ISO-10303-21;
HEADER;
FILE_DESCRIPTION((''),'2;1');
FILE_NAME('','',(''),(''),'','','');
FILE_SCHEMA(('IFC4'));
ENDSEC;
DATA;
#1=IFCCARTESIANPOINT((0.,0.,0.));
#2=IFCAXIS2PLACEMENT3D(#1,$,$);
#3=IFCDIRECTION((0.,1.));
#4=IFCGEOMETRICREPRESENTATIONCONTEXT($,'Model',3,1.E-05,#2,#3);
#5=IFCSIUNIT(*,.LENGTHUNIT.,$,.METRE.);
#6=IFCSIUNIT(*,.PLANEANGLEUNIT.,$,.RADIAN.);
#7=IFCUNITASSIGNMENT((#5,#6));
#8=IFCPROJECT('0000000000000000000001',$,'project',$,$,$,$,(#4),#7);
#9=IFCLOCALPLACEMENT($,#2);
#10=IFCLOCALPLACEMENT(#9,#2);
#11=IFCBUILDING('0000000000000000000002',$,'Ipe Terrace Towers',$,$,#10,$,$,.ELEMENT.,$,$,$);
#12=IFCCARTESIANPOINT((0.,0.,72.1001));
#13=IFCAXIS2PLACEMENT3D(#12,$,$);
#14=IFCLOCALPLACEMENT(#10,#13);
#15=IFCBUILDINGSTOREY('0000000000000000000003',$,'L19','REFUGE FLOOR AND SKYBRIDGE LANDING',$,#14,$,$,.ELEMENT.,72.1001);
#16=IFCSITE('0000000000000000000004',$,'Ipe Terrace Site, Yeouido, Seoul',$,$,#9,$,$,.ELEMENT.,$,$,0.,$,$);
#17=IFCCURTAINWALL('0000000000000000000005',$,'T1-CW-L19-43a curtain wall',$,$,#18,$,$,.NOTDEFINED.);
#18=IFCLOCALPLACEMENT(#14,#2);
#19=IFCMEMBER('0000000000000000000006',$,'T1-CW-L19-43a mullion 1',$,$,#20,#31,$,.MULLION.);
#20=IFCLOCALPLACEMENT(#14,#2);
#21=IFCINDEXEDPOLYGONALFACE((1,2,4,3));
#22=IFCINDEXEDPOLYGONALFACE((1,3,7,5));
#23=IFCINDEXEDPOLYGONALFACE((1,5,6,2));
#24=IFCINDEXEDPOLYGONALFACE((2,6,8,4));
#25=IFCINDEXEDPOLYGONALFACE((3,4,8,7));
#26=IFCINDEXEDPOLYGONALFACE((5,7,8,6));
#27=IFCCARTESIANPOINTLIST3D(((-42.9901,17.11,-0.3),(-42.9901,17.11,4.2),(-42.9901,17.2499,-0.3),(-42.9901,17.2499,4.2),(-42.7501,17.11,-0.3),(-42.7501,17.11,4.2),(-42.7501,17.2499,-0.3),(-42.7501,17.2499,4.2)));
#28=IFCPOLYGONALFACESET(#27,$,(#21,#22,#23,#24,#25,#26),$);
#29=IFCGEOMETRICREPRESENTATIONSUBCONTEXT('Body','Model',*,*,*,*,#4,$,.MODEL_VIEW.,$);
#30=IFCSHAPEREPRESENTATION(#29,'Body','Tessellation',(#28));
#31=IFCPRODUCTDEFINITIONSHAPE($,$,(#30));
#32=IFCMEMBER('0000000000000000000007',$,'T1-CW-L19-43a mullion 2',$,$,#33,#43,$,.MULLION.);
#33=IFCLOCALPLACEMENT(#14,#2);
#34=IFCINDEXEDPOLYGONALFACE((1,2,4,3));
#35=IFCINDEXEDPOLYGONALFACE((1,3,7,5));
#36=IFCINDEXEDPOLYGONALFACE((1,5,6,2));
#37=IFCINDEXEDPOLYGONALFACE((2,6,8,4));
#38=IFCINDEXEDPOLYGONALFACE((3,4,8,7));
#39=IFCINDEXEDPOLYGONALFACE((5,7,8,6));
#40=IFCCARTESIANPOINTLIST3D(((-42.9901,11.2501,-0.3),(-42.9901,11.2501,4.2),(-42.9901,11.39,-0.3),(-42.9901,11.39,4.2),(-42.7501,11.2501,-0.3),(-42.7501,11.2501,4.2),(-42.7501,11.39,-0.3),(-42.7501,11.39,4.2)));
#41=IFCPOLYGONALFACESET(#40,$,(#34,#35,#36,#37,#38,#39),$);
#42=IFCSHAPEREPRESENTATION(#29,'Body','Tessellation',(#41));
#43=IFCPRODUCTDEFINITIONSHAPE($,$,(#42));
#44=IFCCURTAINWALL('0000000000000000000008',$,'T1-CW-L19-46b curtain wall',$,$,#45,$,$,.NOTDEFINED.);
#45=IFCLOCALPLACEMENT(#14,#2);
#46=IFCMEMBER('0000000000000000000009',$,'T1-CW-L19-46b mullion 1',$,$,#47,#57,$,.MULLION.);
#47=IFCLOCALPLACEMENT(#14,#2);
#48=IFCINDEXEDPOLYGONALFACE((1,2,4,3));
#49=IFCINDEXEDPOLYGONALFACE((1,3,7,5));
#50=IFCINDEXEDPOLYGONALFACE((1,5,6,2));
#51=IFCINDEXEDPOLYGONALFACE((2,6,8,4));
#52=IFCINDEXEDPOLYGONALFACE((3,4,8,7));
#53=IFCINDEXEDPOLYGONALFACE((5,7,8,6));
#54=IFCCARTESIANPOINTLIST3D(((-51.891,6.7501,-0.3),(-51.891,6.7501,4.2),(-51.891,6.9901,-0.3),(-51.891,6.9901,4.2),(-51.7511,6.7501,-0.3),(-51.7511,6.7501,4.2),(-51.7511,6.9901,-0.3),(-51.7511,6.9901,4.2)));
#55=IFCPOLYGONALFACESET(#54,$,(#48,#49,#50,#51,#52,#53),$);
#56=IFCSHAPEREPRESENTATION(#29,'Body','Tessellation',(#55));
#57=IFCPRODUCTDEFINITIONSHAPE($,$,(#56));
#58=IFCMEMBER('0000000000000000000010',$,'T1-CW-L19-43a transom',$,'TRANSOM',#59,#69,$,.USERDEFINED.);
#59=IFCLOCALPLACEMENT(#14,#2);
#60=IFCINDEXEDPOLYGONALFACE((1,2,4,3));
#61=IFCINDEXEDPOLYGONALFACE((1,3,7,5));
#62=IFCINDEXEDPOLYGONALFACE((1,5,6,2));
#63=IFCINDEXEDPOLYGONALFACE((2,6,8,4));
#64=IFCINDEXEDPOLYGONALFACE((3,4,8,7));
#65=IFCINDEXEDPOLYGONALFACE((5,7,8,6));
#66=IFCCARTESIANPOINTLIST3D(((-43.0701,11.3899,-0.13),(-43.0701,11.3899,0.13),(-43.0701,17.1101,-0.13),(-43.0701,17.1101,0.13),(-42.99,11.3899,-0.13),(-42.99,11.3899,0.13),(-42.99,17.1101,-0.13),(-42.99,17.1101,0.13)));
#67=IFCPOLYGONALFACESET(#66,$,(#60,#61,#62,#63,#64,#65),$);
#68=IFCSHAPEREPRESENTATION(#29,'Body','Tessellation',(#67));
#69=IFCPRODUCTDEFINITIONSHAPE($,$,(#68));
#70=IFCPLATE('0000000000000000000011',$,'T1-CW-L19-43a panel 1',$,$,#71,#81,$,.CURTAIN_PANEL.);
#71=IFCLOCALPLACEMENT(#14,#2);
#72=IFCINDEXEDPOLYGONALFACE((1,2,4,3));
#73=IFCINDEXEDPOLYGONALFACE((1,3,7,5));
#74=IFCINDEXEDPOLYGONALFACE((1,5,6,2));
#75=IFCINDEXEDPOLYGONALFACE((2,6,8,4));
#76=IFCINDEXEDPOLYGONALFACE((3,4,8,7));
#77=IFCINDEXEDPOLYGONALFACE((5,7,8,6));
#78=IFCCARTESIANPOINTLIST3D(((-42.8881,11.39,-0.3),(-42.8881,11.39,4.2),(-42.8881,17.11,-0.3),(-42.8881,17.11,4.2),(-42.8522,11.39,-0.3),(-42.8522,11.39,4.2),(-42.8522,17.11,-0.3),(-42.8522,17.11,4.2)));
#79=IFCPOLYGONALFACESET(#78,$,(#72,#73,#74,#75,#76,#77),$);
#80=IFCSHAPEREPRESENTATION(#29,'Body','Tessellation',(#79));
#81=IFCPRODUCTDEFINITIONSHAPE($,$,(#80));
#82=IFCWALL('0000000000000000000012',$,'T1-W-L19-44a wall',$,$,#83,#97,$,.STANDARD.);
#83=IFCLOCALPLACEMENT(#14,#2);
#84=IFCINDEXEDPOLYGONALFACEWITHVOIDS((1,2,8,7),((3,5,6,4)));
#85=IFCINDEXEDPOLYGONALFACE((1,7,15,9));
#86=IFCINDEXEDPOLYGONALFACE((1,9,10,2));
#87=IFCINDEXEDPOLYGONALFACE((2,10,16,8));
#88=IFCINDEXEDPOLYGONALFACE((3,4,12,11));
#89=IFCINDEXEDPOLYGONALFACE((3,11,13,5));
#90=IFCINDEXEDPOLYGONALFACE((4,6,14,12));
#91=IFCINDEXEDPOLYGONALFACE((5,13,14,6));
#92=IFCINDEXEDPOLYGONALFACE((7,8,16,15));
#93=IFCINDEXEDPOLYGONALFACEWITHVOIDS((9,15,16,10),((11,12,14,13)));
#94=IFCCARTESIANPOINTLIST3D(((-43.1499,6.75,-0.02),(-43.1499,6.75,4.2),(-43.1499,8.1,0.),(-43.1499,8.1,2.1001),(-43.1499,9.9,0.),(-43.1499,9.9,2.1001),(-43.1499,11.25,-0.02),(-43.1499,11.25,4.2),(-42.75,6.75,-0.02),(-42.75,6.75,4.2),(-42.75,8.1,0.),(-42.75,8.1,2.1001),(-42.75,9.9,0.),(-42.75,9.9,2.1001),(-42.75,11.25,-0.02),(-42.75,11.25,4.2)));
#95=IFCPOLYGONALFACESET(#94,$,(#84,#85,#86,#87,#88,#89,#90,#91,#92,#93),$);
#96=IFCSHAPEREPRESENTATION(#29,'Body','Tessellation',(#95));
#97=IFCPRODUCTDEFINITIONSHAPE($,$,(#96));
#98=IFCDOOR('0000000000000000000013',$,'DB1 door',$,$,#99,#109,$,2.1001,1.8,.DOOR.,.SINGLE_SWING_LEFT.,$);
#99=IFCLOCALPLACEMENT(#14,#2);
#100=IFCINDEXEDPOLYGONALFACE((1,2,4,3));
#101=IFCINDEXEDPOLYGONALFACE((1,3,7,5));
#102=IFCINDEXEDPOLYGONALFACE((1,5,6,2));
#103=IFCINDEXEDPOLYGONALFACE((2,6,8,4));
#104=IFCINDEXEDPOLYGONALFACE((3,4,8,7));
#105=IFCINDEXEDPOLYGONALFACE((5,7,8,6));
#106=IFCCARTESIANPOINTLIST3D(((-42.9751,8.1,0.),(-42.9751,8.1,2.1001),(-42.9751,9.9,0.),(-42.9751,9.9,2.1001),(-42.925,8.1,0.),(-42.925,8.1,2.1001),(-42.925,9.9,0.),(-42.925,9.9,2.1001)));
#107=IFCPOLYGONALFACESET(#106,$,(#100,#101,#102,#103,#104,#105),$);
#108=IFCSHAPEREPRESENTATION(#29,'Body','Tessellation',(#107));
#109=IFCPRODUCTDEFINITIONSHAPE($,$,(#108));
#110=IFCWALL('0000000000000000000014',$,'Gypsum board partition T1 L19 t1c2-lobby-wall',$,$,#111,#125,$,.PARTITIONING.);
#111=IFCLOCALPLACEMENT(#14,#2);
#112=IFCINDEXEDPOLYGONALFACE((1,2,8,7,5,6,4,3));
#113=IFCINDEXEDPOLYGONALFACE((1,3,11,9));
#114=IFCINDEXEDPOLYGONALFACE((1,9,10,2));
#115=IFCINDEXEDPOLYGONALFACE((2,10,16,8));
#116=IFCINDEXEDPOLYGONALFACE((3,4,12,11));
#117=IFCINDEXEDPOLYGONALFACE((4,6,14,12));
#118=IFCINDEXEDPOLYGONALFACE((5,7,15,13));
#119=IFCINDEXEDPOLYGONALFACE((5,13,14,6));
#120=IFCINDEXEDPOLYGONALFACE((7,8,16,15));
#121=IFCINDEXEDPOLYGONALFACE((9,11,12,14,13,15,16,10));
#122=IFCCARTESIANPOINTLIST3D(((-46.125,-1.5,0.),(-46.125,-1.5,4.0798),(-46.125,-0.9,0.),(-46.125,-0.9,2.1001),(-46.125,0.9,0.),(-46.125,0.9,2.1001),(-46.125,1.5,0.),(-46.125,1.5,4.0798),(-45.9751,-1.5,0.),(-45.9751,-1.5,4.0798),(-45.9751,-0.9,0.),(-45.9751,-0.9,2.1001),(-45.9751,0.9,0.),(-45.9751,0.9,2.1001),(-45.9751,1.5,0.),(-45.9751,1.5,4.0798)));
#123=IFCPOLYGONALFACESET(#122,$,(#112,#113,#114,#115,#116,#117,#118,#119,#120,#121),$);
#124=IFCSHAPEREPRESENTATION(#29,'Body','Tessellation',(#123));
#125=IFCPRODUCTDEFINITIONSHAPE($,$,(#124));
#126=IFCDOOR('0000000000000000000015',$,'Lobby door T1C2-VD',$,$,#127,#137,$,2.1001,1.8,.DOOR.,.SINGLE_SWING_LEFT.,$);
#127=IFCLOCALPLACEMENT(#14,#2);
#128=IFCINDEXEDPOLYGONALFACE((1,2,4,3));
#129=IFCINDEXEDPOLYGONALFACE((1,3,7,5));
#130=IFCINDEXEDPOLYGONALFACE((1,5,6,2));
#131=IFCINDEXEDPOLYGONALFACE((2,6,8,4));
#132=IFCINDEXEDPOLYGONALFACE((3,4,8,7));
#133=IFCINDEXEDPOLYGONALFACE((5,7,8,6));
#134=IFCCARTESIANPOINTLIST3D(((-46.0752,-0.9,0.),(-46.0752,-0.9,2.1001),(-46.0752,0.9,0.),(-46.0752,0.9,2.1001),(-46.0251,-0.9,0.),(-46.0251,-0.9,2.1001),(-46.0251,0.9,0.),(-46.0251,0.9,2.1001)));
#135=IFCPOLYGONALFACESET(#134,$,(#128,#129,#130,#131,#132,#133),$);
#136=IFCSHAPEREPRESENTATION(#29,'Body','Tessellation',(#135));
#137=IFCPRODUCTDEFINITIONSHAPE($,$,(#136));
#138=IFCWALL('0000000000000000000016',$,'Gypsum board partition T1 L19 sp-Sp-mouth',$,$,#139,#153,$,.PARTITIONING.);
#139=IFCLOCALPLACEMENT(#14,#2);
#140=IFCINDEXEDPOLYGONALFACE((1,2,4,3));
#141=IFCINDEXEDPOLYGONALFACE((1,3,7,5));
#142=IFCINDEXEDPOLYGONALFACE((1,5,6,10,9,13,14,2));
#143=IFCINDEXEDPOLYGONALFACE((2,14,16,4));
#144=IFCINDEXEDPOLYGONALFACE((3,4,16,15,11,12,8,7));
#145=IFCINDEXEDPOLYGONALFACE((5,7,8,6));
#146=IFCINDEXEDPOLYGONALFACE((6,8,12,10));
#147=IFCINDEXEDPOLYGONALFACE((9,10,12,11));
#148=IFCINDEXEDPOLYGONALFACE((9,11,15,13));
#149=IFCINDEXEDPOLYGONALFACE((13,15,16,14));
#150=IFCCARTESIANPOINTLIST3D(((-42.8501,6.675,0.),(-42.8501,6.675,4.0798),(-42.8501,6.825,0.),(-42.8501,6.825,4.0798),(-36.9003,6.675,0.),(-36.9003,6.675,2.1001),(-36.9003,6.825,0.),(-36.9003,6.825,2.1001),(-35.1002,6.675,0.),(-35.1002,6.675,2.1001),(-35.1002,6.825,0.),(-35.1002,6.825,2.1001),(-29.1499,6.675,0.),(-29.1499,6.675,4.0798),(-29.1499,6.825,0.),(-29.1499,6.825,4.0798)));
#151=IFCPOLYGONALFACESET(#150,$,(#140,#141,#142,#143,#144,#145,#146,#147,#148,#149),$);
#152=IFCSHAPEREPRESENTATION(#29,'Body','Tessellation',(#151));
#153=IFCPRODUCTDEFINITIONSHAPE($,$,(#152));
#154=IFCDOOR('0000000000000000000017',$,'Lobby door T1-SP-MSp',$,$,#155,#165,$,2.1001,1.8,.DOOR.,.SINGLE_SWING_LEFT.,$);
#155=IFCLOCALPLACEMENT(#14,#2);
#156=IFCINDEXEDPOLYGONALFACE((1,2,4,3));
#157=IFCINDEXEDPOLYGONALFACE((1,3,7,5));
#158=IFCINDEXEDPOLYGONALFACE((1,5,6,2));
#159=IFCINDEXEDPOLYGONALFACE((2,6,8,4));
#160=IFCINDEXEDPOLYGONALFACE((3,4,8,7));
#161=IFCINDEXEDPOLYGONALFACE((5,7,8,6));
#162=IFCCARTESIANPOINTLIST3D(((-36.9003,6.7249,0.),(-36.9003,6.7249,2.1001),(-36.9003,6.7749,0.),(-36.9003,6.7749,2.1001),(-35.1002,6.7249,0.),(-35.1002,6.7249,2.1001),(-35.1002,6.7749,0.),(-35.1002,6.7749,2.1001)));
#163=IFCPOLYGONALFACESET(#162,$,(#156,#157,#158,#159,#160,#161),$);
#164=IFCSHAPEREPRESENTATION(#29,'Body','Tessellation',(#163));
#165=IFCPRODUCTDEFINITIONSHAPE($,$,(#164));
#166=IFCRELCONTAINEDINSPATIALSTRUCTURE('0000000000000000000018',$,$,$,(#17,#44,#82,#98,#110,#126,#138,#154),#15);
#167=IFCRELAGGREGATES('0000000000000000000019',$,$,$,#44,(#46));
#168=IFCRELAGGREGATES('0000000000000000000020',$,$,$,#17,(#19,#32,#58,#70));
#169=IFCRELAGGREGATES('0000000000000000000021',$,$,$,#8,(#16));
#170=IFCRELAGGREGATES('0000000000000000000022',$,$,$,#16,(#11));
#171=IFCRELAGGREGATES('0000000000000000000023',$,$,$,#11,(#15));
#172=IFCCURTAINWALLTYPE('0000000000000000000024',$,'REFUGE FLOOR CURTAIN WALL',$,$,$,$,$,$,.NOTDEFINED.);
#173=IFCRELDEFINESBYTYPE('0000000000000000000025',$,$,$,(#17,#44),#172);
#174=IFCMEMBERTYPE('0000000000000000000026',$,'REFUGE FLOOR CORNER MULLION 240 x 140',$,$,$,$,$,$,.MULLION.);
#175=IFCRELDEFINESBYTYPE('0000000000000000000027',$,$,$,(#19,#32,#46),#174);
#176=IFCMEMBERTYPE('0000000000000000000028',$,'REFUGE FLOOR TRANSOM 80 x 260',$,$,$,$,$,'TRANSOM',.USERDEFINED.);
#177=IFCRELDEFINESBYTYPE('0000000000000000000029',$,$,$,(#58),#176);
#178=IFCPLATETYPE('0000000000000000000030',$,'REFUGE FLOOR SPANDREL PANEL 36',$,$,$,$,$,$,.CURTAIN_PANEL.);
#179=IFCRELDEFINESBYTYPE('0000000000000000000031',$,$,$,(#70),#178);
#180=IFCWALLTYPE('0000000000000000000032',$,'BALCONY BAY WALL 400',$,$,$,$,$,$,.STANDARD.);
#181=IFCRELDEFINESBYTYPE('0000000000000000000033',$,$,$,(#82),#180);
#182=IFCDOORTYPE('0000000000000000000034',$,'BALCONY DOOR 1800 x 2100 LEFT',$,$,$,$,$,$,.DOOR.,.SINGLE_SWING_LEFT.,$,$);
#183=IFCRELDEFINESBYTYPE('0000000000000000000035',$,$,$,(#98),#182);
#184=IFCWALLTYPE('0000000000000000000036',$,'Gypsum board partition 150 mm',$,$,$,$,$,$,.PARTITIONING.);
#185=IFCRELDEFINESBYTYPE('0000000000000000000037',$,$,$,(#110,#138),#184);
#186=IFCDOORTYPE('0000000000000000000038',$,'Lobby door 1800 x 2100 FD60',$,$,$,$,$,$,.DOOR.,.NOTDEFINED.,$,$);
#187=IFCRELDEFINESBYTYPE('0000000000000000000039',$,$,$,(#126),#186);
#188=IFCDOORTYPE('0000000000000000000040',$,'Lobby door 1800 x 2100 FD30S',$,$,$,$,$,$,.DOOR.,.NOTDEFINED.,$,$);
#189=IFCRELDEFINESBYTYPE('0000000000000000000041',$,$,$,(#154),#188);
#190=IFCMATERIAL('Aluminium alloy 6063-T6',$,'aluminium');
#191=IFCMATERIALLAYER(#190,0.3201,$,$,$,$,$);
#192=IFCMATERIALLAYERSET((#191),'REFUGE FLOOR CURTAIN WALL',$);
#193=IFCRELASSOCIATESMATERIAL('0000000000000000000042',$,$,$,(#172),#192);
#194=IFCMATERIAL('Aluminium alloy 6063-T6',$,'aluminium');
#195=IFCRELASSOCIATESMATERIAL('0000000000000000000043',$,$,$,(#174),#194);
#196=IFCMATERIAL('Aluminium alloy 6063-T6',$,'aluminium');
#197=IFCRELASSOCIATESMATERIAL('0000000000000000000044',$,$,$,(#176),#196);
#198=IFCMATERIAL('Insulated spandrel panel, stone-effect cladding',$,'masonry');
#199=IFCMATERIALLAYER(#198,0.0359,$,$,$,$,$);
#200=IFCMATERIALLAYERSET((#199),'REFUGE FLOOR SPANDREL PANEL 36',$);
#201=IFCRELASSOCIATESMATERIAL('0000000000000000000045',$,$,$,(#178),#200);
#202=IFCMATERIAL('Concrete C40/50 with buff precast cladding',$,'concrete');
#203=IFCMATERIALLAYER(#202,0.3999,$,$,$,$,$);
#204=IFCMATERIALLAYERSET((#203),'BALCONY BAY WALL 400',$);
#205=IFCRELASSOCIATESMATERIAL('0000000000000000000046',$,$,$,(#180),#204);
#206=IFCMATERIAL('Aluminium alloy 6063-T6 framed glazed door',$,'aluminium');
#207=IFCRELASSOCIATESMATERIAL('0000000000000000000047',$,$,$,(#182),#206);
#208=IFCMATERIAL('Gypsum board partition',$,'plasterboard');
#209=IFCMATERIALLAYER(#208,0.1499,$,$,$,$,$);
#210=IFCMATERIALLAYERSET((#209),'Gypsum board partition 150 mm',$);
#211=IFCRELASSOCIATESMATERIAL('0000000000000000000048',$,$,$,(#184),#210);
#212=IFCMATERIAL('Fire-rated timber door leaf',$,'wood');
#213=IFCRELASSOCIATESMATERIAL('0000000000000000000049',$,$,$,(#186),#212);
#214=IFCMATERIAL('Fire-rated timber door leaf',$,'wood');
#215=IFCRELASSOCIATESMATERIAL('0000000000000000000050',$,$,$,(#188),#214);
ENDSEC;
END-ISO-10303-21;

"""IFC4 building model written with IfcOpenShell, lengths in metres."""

from ifc_helpers import new_model, si_unit, direction, frame, frame_2d, origin, origin_2d, place, context, subcontext, project, spatial, rectangle, extrude, material, layer, layer_set, material_profile, profile_set, type_object, element, fill, aggregate, save


model = new_model("IFC4")

# Units and contexts
model_context = context("Model", 3, precision=1e-05, world=origin(), true_north=direction((0.0, 1.0)))
body_context = subcontext(model_context, "Body", "Model", "MODEL_VIEW")
ifc_project = project(units=[si_unit("LENGTHUNIT", "METRE"), si_unit("PLANEANGLEUNIT", "RADIAN")], contexts=[model_context])

# Site, building, storey
site_placement = place(None, origin())
site = spatial("IfcSite", under=ifc_project, at=site_placement, Name="Ipe Terrace Site, Yeouido, Seoul", CompositionType="ELEMENT", RefElevation=0.0)
building_placement = place(site_placement, origin())
building = spatial("IfcBuilding", under=site, at=building_placement, Name="Ipe Terrace Towers", CompositionType="ELEMENT")
storey_placement = place(building_placement, frame((0.0, 0.0, 72.1001)))
storey = spatial("IfcBuildingStorey", under=building, at=storey_placement, Name="L19", Description="REFUGE FLOOR AND SKYBRIDGE LANDING", CompositionType="ELEMENT", Elevation=72.1001)

# Curtain wall, members
ifc_material_1 = material(Name="Aluminium alloy 6063-T6", Category="aluminium")
ifc_layer_1 = layer(ifc_material_1, 0.3201)
ifc_layer_set_1 = layer_set([ifc_layer_1], Name="REFUGE FLOOR CURTAIN WALL")
curtain_wall_type = type_object("IfcCurtainWallType", Name="REFUGE FLOOR CURTAIN WALL", PredefinedType="NOTDEFINED", material=ifc_layer_set_1)
curtain_wall_1_placement = place(storey_placement, origin())
curtain_wall_1 = element("IfcCurtainWall", 1, at=curtain_wall_1_placement, inside=storey, type_object=curtain_wall_type, Name="T1-CW-L19-43a curtain wall", PredefinedType="NOTDEFINED")
ifc_material_2 = material(Name="Aluminium alloy 6063-T6", Category="aluminium")
ifc_material_profile_1 = material_profile(ifc_material_2, rectangle(XDim=0.24, YDim=0.1399, at=origin_2d()), Name="REFUGE FLOOR CORNER MULLION 240 x 140")
ifc_profile_set_1 = profile_set([ifc_material_profile_1], Name="Aluminium alloy 6063-T6")
member_type_1 = type_object("IfcMemberType", Name="REFUGE FLOOR CORNER MULLION 240 x 140", PredefinedType="MULLION", material=ifc_profile_set_1)
member_1_placement = place(storey_placement, frame((-42.8701, 17.1799, -0.3), z_axis=(0.0, 0.0, 1.0), x_axis=(-1.0, 0.0, 0.0)))
member_1 = element("IfcMember", 2, at=member_1_placement, type_object=member_type_1, Name="T1-CW-L19-43a mullion 1", PredefinedType="MULLION", context=body_context, shape_type="SweptSolid", body=[
    extrude(rectangle(XDim=0.24, YDim=0.1399, at=origin_2d()), origin(), (0.0, 0.0, 1.0), 4.5),
])
member_2_placement = place(storey_placement, frame((-42.8701, 11.3201, -0.3), z_axis=(0.0, 0.0, 1.0), x_axis=(-1.0, 0.0, 0.0)))
member_2 = element("IfcMember", 3, at=member_2_placement, type_object=member_type_1, Name="T1-CW-L19-43a mullion 2", PredefinedType="MULLION", context=body_context, shape_type="SweptSolid", body=[
    extrude(rectangle(XDim=0.24, YDim=0.1399, at=origin_2d()), origin(), (0.0, 0.0, 1.0), 4.5),
])

# Curtain wall, member
curtain_wall_2_placement = place(storey_placement, origin())
curtain_wall_2 = element("IfcCurtainWall", 4, at=curtain_wall_2_placement, inside=storey, type_object=curtain_wall_type, Name="T1-CW-L19-46b curtain wall", PredefinedType="NOTDEFINED")
member_3_placement = place(storey_placement, frame((-51.821, 6.8701, -0.3), z_axis=(0.0, 0.0, 1.0), x_axis=(0.0, 1.0, 0.0)))
member_3 = element("IfcMember", 5, at=member_3_placement, type_object=member_type_1, Name="T1-CW-L19-46b mullion 1", PredefinedType="MULLION", context=body_context, shape_type="SweptSolid", body=[
    extrude(rectangle(XDim=0.24, YDim=0.1399, at=origin_2d()), origin(), (0.0, 0.0, 1.0), 4.5),
])
aggregate(curtain_wall_2, [member_3])

# Member
ifc_material_3 = material(Name="Aluminium alloy 6063-T6", Category="aluminium")
ifc_material_profile_2 = material_profile(ifc_material_3, rectangle(XDim=0.0801, YDim=0.26, at=origin_2d()), Name="REFUGE FLOOR TRANSOM 80 x 260")
ifc_profile_set_2 = profile_set([ifc_material_profile_2], Name="Aluminium alloy 6063-T6")
member_type_2 = type_object("IfcMemberType", Name="REFUGE FLOOR TRANSOM 80 x 260", ElementType="TRANSOM", PredefinedType="USERDEFINED", material=ifc_profile_set_2)
member_4_placement = place(storey_placement, frame((-43.03, 17.1101, 0.0), z_axis=(0.0, -1.0, 0.0), x_axis=(-1.0, 0.0, 0.0)))
member_4 = element("IfcMember", 6, at=member_4_placement, type_object=member_type_2, Name="T1-CW-L19-43a transom", ObjectType="TRANSOM", PredefinedType="USERDEFINED", context=body_context, shape_type="SweptSolid", body=[
    extrude(rectangle(XDim=0.0801, YDim=0.26, at=origin_2d()), origin(), (0.0, 0.0, 1.0), 5.7202),
])

# Plate
ifc_material_4 = material(Name="Insulated spandrel panel, stone-effect cladding", Category="masonry")
ifc_layer_2 = layer(ifc_material_4, 0.0359)
ifc_layer_set_2 = layer_set([ifc_layer_2], Name="REFUGE FLOOR SPANDREL PANEL 36")
plate_type = type_object("IfcPlateType", Name="REFUGE FLOOR SPANDREL PANEL 36", PredefinedType="CURTAIN_PANEL", material=ifc_layer_set_2)
plate_placement = place(storey_placement, frame((-42.8701, 14.25, -0.3), z_axis=(0.0, 0.0, 1.0), x_axis=(0.0, -1.0, 0.0)))
plate = element("IfcPlate", 7, at=plate_placement, type_object=plate_type, Name="T1-CW-L19-43a panel 1", PredefinedType="CURTAIN_PANEL", context=body_context, shape_type="SweptSolid", body=[
    extrude(rectangle(XDim=5.72, YDim=0.0359, at=origin_2d()), origin(), (0.0, 0.0, 1.0), 4.5),
])
aggregate(curtain_wall_1, [member_1, member_2, member_4, plate])

# Walls, openings, doors
ifc_material_5 = material(Name="Concrete C40/50 with buff precast cladding", Category="concrete")
ifc_layer_3 = layer(ifc_material_5, 0.3999)
ifc_layer_set_3 = layer_set([ifc_layer_3], Name="BALCONY BAY WALL 400")
wall_type_1 = type_object("IfcWallType", Name="BALCONY BAY WALL 400", PredefinedType="STANDARD", material=ifc_layer_set_3)
wall_1_placement = place(storey_placement, frame((-42.95, 11.25, -0.02), z_axis=(0.0, 0.0, 1.0), x_axis=(0.0, -1.0, 0.0)))
wall_1 = element("IfcWall", 8, at=wall_1_placement, inside=storey, type_object=wall_type_1, Name="T1-W-L19-44a wall", PredefinedType="STANDARD", context=body_context, shape_type="SweptSolid", body=[
    extrude(rectangle(XDim=4.5, YDim=0.3999, at=frame_2d((2.25, 0.0))), origin(), (0.0, 0.0, 1.0), 4.22),
])
opening_1_placement = place(wall_1_placement, frame((1.3501, 0.0, 0.02)))
opening_1 = element("IfcOpeningElement", 9, at=opening_1_placement, cuts=wall_1, PredefinedType="OPENING", context=body_context, shape_type="SweptSolid", body=[
    extrude(rectangle(XDim=1.8, YDim=2.1001, at=frame_2d((0.8999, 1.05))), frame((0.0, 0.21, 0.0), z_axis=(0.0, -1.0, 0.0), x_axis=(1.0, 0.0, 0.0)), (0.0, 0.0, 1.0), 0.4199),
])
ifc_material_6 = material(Name="Aluminium alloy 6063-T6 framed glazed door", Category="aluminium")
door_type_1 = type_object("IfcDoorType", Name="BALCONY DOOR 1800 x 2100 LEFT", OperationType="SINGLE_SWING_LEFT", PredefinedType="DOOR", material=ifc_material_6)
door_1_placement = place(opening_1_placement, origin())
door_1 = element("IfcDoor", 10, at=door_1_placement, inside=storey, type_object=door_type_1, Name="DB1 door", OperationType="SINGLE_SWING_LEFT", OverallHeight=2.1001, OverallWidth=1.8, PredefinedType="DOOR", context=body_context, shape_type="SweptSolid", body=[
    extrude(rectangle(XDim=1.8, YDim=2.1001, at=frame_2d((0.8999, 1.05))), frame((0.0, 0.0249, 0.0), z_axis=(0.0, -1.0, 0.0), x_axis=(1.0, 0.0, 0.0)), (0.0, 0.0, 1.0), 0.05),
])
fill(opening_1, door_1)
ifc_material_7 = material(Name="Gypsum board partition", Category="plasterboard")
ifc_layer_4 = layer(ifc_material_7, 0.1499)
ifc_layer_set_4 = layer_set([ifc_layer_4], Name="Gypsum board partition 150 mm")
wall_type_2 = type_object("IfcWallType", Name="Gypsum board partition 150 mm", PredefinedType="PARTITIONING", material=ifc_layer_set_4)
wall_2_placement = place(storey_placement, frame((-46.05, 1.5, 0.0), z_axis=(0.0, 0.0, 1.0), x_axis=(0.0, -1.0, 0.0)))
wall_2 = element("IfcWall", 11, at=wall_2_placement, inside=storey, type_object=wall_type_2, Name="Gypsum board partition T1 L19 t1c2-lobby-wall", PredefinedType="PARTITIONING", context=body_context, shape_type="SweptSolid", body=[
    extrude(rectangle(XDim=3.0, YDim=0.1499, at=frame_2d((1.5, 0.0))), origin(), (0.0, 0.0, 1.0), 4.0798),
])
opening_2_placement = place(wall_2_placement, frame((0.6001, 0.0, 0.0)))
opening_2 = element("IfcOpeningElement", 12, at=opening_2_placement, cuts=wall_2, PredefinedType="OPENING", context=body_context, shape_type="SweptSolid", body=[
    extrude(rectangle(XDim=1.8, YDim=2.1001, at=frame_2d((0.8999, 1.05))), frame((0.0, 0.085, 0.0), z_axis=(0.0, -1.0, 0.0), x_axis=(1.0, 0.0, 0.0)), (0.0, 0.0, 1.0), 0.1699),
])
ifc_material_8 = material(Name="Fire-rated timber door leaf", Category="wood")
door_type_2 = type_object("IfcDoorType", Name="Lobby door 1800 x 2100 FD60", OperationType="NOTDEFINED", PredefinedType="DOOR", material=ifc_material_8)
door_2_placement = place(opening_2_placement, origin())
door_2 = element("IfcDoor", 13, at=door_2_placement, inside=storey, type_object=door_type_2, Name="Lobby door T1C2-VD", OperationType="SINGLE_SWING_LEFT", OverallHeight=2.1001, OverallWidth=1.8, PredefinedType="DOOR", context=body_context, shape_type="SweptSolid", body=[
    extrude(rectangle(XDim=1.8, YDim=2.1001, at=frame_2d((0.8999, 1.05))), frame((0.0, 0.0249, 0.0), z_axis=(0.0, -1.0, 0.0), x_axis=(1.0, 0.0, 0.0)), (0.0, 0.0, 1.0), 0.05),
])
fill(opening_2, door_2)
wall_3_placement = place(storey_placement, frame((-42.8501, 6.75, 0.0), z_axis=(0.0, 0.0, 1.0), x_axis=(1.0, 0.0, 0.0)))
wall_3 = element("IfcWall", 14, at=wall_3_placement, inside=storey, type_object=wall_type_2, Name="Gypsum board partition T1 L19 sp-Sp-mouth", PredefinedType="PARTITIONING", context=body_context, shape_type="SweptSolid", body=[
    extrude(rectangle(XDim=13.7002, YDim=0.1499, at=frame_2d((6.8501, 0.0))), origin(), (0.0, 0.0, 1.0), 4.0798),
])
opening_3_placement = place(wall_3_placement, frame((5.95, 0.0, 0.0)))
opening_3 = element("IfcOpeningElement", 15, at=opening_3_placement, cuts=wall_3, PredefinedType="OPENING", context=body_context, shape_type="SweptSolid", body=[
    extrude(rectangle(XDim=1.8, YDim=2.1001, at=frame_2d((0.8999, 1.05))), frame((0.0, 0.085, 0.0), z_axis=(0.0, -1.0, 0.0), x_axis=(1.0, 0.0, 0.0)), (0.0, 0.0, 1.0), 0.1699),
])
ifc_material_9 = material(Name="Fire-rated timber door leaf", Category="wood")
door_type_3 = type_object("IfcDoorType", Name="Lobby door 1800 x 2100 FD30S", OperationType="NOTDEFINED", PredefinedType="DOOR", material=ifc_material_9)
door_3_placement = place(opening_3_placement, origin())
door_3 = element("IfcDoor", 16, at=door_3_placement, inside=storey, type_object=door_type_3, Name="Lobby door T1-SP-MSp", OperationType="SINGLE_SWING_LEFT", OverallHeight=2.1001, OverallWidth=1.8, PredefinedType="DOOR", context=body_context, shape_type="SweptSolid", body=[
    extrude(rectangle(XDim=1.8, YDim=2.1001, at=frame_2d((0.8999, 1.05))), frame((0.0, 0.0249, 0.0), z_axis=(0.0, -1.0, 0.0), x_axis=(1.0, 0.0, 0.0)), (0.0, 0.0, 1.0), 0.05),
])
fill(opening_3, door_3)

save(model, "model.ifc")
